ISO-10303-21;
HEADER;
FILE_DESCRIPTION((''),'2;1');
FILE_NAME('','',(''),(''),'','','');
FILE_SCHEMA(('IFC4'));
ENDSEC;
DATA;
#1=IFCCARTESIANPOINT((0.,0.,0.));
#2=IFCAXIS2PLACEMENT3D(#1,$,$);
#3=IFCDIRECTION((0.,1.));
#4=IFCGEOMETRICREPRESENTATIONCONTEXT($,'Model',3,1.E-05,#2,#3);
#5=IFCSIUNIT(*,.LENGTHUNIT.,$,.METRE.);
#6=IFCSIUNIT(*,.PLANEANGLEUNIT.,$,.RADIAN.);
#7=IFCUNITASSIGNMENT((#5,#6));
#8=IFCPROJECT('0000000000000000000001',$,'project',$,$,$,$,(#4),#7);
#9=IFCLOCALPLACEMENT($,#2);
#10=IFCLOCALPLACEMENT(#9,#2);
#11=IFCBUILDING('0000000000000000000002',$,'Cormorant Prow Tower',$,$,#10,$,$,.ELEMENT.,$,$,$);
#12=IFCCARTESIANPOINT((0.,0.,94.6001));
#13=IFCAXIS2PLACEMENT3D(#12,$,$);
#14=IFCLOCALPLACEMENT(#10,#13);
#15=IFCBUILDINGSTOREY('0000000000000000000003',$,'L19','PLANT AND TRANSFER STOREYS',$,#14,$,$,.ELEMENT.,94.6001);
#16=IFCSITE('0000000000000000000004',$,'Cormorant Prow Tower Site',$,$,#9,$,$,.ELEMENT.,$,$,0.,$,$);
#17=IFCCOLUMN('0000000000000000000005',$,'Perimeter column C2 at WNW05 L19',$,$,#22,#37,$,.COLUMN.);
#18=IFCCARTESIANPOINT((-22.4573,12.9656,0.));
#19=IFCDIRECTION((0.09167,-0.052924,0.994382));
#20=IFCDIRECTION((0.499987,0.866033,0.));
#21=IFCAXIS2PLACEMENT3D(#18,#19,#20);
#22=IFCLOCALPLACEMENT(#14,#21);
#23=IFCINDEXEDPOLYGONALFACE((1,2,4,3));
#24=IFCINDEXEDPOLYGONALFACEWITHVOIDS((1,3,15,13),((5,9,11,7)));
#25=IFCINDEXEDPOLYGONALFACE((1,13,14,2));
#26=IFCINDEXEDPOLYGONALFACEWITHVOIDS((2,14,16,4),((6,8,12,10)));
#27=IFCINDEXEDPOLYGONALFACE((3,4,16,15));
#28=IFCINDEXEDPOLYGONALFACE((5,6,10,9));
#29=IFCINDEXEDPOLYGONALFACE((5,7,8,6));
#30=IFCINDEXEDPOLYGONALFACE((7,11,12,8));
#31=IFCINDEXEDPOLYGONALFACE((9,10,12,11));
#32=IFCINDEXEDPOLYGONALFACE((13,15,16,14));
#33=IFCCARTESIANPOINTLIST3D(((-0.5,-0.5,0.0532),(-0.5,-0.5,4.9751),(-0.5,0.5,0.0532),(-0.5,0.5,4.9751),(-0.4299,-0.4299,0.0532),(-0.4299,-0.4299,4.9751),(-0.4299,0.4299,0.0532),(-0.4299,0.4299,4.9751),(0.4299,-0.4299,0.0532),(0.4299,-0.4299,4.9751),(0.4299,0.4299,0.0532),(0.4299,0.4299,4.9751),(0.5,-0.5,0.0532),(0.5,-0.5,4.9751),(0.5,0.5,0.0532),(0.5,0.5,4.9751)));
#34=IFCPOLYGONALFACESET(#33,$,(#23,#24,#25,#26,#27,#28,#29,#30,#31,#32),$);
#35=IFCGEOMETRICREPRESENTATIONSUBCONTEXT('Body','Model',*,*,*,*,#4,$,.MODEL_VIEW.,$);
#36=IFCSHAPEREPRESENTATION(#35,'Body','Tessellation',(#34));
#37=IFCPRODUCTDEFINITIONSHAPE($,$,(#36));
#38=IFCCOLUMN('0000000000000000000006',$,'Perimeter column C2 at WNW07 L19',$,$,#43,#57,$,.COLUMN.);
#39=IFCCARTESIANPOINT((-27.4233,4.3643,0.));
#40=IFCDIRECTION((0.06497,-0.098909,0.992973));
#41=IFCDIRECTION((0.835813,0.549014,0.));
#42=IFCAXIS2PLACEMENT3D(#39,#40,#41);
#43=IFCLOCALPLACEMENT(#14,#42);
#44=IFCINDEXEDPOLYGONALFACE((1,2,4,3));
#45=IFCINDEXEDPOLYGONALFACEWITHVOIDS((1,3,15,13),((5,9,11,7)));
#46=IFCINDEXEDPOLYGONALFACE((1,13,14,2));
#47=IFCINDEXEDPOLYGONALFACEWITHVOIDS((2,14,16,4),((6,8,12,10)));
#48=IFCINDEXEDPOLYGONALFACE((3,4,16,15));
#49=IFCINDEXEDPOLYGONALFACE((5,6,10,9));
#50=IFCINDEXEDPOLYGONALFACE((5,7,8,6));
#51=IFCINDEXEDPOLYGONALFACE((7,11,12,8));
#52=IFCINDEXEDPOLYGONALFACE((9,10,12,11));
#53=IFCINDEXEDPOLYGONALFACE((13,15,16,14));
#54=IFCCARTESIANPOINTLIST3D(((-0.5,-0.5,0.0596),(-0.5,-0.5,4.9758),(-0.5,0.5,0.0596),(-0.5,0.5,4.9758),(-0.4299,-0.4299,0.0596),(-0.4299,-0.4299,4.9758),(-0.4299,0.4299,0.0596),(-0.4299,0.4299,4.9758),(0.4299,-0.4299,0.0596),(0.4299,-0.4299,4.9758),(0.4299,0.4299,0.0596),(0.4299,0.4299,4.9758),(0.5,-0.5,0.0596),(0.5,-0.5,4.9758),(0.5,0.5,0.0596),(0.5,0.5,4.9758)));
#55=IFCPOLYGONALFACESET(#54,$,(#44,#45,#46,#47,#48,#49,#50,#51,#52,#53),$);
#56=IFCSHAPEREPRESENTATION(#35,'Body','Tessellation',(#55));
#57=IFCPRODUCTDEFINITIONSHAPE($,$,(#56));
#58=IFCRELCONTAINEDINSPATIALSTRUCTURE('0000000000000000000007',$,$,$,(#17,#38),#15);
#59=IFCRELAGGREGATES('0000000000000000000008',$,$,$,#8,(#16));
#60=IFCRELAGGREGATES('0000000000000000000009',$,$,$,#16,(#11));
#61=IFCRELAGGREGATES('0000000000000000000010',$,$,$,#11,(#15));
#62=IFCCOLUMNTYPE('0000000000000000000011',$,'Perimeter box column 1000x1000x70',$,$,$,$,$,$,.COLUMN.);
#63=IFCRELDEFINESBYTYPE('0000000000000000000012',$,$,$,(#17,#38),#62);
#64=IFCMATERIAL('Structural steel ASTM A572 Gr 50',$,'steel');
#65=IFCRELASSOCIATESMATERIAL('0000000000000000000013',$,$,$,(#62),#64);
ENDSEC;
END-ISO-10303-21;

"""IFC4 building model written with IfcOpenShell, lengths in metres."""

from ifc_helpers import new_model, si_unit, direction, frame, origin, origin_2d, place, context, subcontext, project, spatial, hollow_rectangle, extrude, material, material_profile, profile_set, type_object, element, save


model = new_model("IFC4")

# Units and contexts
model_context = context("Model", 3, precision=1e-05, world=origin(), true_north=direction((0.0, 1.0)))
body_context = subcontext(model_context, "Body", "Model", "MODEL_VIEW")
ifc_project = project(units=[si_unit("LENGTHUNIT", "METRE"), si_unit("PLANEANGLEUNIT", "RADIAN")], contexts=[model_context])

# Site, building, storey
site_placement = place(None, origin())
site = spatial("IfcSite", under=ifc_project, at=site_placement, Name="Cormorant Prow Tower Site", CompositionType="ELEMENT", RefElevation=0.0)
building_placement = place(site_placement, origin())
building = spatial("IfcBuilding", under=site, at=building_placement, Name="Cormorant Prow Tower", CompositionType="ELEMENT")
storey_placement = place(building_placement, frame((0.0, 0.0, 94.6001)))
storey = spatial("IfcBuildingStorey", under=building, at=storey_placement, Name="L19", Description="PLANT AND TRANSFER STOREYS", CompositionType="ELEMENT", Elevation=94.6001)

# Columns
ifc_material_1 = material(Name="Structural steel ASTM A572 Gr 50", Category="steel")
ifc_material_profile_1 = material_profile(ifc_material_1, hollow_rectangle(XDim=1.0, YDim=1.0, WallThickness=0.0701, at=origin_2d()), Name="Box 1000x1000x70")
ifc_profile_set_1 = profile_set([ifc_material_profile_1], Name="Structural steel ASTM A572 Gr 50")
column_type = type_object("IfcColumnType", Name="Perimeter box column 1000x1000x70", PredefinedType="COLUMN", material=ifc_profile_set_1)
column_1_placement = place(storey_placement, frame((-22.4573, 12.9656, 0.0), z_axis=(0.09167, -0.052924, 0.994382), x_axis=(0.499987, 0.866033, 0.0)))
element("IfcColumn", 1, at=column_1_placement, inside=storey, type_object=column_type, Name="Perimeter column C2 at WNW05 L19", PredefinedType="COLUMN", context=body_context, shape_type="SweptSolid", body=[
    extrude(hollow_rectangle(XDim=1.0, YDim=1.0, WallThickness=0.0701, at=origin_2d()), frame((0.0, 0.0, 0.0532)), (0.0, 0.0, 1.0), 4.9219),
])
column_2_placement = place(storey_placement, frame((-27.4233, 4.3643, 0.0), z_axis=(0.06497, -0.098909, 0.992973), x_axis=(0.835813, 0.549014, 0.0)))
element("IfcColumn", 2, at=column_2_placement, inside=storey, type_object=column_type, Name="Perimeter column C2 at WNW07 L19", PredefinedType="COLUMN", context=body_context, shape_type="SweptSolid", body=[
    extrude(hollow_rectangle(XDim=1.0, YDim=1.0, WallThickness=0.0701, at=origin_2d()), frame((0.0, 0.0, 0.0596)), (0.0, 0.0, 1.0), 4.9163),
])

save(model, "model.ifc")
